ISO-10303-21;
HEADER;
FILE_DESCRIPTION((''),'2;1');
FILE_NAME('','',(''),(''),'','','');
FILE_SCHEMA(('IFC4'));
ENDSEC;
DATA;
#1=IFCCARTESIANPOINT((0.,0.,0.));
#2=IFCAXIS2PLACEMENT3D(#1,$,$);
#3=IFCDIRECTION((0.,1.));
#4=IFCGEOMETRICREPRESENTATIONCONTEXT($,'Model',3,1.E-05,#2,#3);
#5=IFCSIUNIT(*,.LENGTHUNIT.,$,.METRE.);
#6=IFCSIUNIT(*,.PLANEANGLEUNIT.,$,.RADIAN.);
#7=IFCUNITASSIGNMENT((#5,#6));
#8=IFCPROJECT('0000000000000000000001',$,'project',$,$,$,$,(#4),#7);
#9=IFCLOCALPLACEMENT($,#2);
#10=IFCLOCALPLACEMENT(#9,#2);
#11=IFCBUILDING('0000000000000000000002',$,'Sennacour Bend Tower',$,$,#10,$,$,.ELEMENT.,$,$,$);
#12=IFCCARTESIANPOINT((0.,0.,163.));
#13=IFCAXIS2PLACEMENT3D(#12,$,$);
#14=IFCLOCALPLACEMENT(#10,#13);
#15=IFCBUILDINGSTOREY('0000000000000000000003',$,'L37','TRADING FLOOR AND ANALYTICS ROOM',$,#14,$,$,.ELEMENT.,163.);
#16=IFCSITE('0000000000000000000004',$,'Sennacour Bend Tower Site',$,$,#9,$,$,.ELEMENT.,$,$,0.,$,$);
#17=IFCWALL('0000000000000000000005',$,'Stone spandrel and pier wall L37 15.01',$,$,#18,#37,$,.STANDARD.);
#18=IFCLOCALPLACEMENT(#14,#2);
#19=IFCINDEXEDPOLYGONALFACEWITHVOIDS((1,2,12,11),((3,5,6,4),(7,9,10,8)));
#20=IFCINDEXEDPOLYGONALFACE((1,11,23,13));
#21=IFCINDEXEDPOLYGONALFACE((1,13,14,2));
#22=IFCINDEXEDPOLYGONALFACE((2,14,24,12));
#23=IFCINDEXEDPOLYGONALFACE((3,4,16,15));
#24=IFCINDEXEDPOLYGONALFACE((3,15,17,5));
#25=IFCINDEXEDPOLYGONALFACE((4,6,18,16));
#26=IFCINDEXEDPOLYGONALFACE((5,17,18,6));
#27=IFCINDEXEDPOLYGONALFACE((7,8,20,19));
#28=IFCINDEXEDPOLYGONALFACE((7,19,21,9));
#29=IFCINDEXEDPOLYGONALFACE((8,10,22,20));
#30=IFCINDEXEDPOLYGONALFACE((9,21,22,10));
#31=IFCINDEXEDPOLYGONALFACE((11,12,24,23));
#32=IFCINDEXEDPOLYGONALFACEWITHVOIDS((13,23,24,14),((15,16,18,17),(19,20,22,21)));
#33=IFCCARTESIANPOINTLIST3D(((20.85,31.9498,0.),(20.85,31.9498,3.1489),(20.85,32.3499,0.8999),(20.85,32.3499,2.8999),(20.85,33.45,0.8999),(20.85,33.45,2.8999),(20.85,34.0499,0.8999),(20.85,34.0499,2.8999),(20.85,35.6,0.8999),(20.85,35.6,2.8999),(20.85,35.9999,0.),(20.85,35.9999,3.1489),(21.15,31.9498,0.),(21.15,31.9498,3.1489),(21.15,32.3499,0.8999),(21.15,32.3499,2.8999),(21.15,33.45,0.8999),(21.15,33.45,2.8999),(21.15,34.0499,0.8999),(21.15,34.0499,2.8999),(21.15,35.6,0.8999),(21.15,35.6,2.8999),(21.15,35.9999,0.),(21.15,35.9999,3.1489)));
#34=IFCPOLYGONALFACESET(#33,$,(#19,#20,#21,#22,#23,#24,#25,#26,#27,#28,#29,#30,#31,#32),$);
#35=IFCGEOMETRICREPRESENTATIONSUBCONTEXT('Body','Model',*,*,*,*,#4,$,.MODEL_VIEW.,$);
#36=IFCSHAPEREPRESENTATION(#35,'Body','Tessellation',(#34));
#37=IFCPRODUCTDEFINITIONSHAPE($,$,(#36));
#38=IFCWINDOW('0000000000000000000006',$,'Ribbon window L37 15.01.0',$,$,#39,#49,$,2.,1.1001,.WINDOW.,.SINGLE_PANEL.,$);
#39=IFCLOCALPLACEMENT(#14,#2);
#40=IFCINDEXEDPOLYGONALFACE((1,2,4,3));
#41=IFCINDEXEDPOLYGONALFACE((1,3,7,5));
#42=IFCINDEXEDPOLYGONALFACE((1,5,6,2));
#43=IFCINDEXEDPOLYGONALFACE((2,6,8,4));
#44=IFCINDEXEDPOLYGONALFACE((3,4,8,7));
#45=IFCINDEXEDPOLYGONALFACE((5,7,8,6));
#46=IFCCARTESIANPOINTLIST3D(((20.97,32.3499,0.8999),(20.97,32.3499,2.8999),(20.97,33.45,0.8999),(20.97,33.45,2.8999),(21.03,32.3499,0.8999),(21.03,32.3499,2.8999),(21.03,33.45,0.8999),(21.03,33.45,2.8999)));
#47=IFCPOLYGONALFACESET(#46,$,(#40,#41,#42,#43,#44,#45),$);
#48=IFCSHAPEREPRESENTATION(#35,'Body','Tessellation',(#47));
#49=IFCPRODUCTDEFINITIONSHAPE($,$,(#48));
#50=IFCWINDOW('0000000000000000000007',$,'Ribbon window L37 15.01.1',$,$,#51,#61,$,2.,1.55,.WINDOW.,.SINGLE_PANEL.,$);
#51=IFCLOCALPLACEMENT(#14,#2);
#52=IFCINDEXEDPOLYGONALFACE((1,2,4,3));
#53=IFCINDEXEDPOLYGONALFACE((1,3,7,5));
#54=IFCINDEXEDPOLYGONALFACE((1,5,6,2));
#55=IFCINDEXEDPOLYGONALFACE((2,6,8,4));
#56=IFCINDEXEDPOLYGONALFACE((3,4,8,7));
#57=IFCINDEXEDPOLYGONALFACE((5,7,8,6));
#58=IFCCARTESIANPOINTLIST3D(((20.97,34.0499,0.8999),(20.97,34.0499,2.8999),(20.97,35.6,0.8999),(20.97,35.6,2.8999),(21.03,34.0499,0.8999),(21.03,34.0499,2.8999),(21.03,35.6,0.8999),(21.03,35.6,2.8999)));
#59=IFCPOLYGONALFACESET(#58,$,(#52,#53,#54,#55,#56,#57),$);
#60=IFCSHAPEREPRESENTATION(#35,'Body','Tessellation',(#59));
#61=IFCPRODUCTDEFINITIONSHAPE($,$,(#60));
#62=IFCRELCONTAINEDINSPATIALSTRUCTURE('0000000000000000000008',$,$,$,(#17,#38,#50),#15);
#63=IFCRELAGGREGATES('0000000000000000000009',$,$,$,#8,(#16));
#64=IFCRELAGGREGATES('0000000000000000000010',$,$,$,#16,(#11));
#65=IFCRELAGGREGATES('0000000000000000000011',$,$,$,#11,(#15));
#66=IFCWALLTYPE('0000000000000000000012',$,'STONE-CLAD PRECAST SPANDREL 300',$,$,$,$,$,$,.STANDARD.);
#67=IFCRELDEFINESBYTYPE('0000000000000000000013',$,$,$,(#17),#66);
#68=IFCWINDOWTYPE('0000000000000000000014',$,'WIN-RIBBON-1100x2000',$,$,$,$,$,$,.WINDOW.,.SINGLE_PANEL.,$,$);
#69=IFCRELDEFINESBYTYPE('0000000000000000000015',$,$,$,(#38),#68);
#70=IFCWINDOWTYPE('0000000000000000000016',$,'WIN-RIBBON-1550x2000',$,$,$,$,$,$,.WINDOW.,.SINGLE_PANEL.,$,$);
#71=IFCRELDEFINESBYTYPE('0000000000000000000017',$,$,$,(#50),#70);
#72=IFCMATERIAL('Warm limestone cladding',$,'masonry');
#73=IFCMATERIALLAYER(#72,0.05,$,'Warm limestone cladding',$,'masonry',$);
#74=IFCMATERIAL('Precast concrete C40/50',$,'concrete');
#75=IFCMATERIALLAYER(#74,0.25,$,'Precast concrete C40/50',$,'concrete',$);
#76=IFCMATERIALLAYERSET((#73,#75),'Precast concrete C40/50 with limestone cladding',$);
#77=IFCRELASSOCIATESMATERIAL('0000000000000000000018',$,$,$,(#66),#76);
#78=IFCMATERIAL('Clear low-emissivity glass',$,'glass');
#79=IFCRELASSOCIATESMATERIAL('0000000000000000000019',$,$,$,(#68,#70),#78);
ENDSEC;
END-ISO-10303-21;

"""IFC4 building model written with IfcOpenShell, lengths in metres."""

from ifc_helpers import new_model, si_unit, direction, frame, frame_2d, origin, place, context, subcontext, project, spatial, rectangle, extrude, material, layer, layer_set, type_object, element, fill, save


model = new_model("IFC4")

# Units and contexts
model_context = context("Model", 3, precision=1e-05, world=origin(), true_north=direction((0.0, 1.0)))
body_context = subcontext(model_context, "Body", "Model", "MODEL_VIEW")
ifc_project = project(units=[si_unit("LENGTHUNIT", "METRE"), si_unit("PLANEANGLEUNIT", "RADIAN")], contexts=[model_context])

# Site, building, storey
site_placement = place(None, origin())
site = spatial("IfcSite", under=ifc_project, at=site_placement, Name="Sennacour Bend Tower Site", CompositionType="ELEMENT", RefElevation=0.0)
building_placement = place(site_placement, origin())
building = spatial("IfcBuilding", under=site, at=building_placement, Name="Sennacour Bend Tower", CompositionType="ELEMENT")
storey_placement = place(building_placement, frame((0.0, 0.0, 163.0)))
storey = spatial("IfcBuildingStorey", under=building, at=storey_placement, Name="L37", Description="TRADING FLOOR AND ANALYTICS ROOM", CompositionType="ELEMENT", Elevation=163.0)

# Shared definitions
ifc_material_1 = material(Name="Warm limestone cladding", Category="masonry")
ifc_layer_1 = layer(ifc_material_1, 0.05, Name="Warm limestone cladding", Category="masonry")
ifc_material_2 = material(Name="Precast concrete C40/50", Category="concrete")
ifc_layer_2 = layer(ifc_material_2, 0.25, Name="Precast concrete C40/50", Category="concrete")
ifc_layer_set_1 = layer_set([ifc_layer_1, ifc_layer_2], Name="Precast concrete C40/50 with limestone cladding")
wall_type_1 = type_object("IfcWallType", Name="STONE-CLAD PRECAST SPANDREL 300", PredefinedType="STANDARD", material=ifc_layer_set_1)

# Shared definitions
ifc_material_3 = material(Name="Clear low-emissivity glass", Category="glass")

# Wall, openings, windows
wall_1_placement = place(storey_placement, frame((21.0, 31.95, 0.0), z_axis=(0.0, 0.0, 1.0), x_axis=(0.0, 1.0, 0.0)))
wall_1 = element("IfcWall", 1, at=wall_1_placement, inside=storey, type_object=wall_type_1, Name="Stone spandrel and pier wall L37 15.01", PredefinedType="STANDARD", context=body_context, shape_type="SweptSolid", body=[
    extrude(rectangle(XDim=4.05, YDim=0.3, at=frame_2d((2.0249, 0.0))), origin(), (0.0, 0.0, 1.0), 3.1489),
])
opening_1_placement = place(wall_1_placement, frame((0.3999, 0.0, 0.8999)))
opening_1 = element("IfcOpeningElement", 2, at=opening_1_placement, cuts=wall_1, PredefinedType="OPENING", context=body_context, shape_type="SweptSolid", body=[
    extrude(rectangle(XDim=1.1001, YDim=2.0, at=frame_2d((0.55, 1.0))), frame((0.0, 0.1602, 0.0), z_axis=(0.0, -1.0, 0.0), x_axis=(1.0, 0.0, 0.0)), (0.0, 0.0, 1.0), 0.3201),
])
opening_2_placement = place(wall_1_placement, frame((2.1001, 0.0, 0.8999)))
opening_2 = element("IfcOpeningElement", 3, at=opening_2_placement, cuts=wall_1, PredefinedType="OPENING", context=body_context, shape_type="SweptSolid", body=[
    extrude(rectangle(XDim=1.55, YDim=2.0, at=frame_2d((0.7749, 1.0))), frame((0.0, 0.1602, 0.0), z_axis=(0.0, -1.0, 0.0), x_axis=(1.0, 0.0, 0.0)), (0.0, 0.0, 1.0), 0.3201),
])
window_type_1 = type_object("IfcWindowType", Name="WIN-RIBBON-1100x2000", PartitioningType="SINGLE_PANEL", PredefinedType="WINDOW", material=ifc_material_3)
window_1_placement = place(opening_1_placement, origin())
window_1 = element("IfcWindow", 4, at=window_1_placement, inside=storey, type_object=window_type_1, Name="Ribbon window L37 15.01.0", OverallHeight=2.0, OverallWidth=1.1001, PartitioningType="SINGLE_PANEL", PredefinedType="WINDOW", context=body_context, shape_type="SweptSolid", body=[
    extrude(rectangle(XDim=1.1001, YDim=2.0, at=frame_2d((0.55, 1.0))), frame((0.0, 0.03, 0.0), z_axis=(0.0, -1.0, 0.0), x_axis=(1.0, 0.0, 0.0)), (0.0, 0.0, 1.0), 0.0601),
])
fill(opening_1, window_1)
window_type_2 = type_object("IfcWindowType", Name="WIN-RIBBON-1550x2000", PartitioningType="SINGLE_PANEL", PredefinedType="WINDOW", material=ifc_material_3)
window_2_placement = place(opening_2_placement, origin())
window_2 = element("IfcWindow", 5, at=window_2_placement, inside=storey, type_object=window_type_2, Name="Ribbon window L37 15.01.1", OverallHeight=2.0, OverallWidth=1.55, PartitioningType="SINGLE_PANEL", PredefinedType="WINDOW", context=body_context, shape_type="SweptSolid", body=[
    extrude(rectangle(XDim=1.55, YDim=2.0, at=frame_2d((0.7749, 1.0))), frame((0.0, 0.03, 0.0), z_axis=(0.0, -1.0, 0.0), x_axis=(1.0, 0.0, 0.0)), (0.0, 0.0, 1.0), 0.0601),
])
fill(opening_2, window_2)

save(model, "model.ifc")
